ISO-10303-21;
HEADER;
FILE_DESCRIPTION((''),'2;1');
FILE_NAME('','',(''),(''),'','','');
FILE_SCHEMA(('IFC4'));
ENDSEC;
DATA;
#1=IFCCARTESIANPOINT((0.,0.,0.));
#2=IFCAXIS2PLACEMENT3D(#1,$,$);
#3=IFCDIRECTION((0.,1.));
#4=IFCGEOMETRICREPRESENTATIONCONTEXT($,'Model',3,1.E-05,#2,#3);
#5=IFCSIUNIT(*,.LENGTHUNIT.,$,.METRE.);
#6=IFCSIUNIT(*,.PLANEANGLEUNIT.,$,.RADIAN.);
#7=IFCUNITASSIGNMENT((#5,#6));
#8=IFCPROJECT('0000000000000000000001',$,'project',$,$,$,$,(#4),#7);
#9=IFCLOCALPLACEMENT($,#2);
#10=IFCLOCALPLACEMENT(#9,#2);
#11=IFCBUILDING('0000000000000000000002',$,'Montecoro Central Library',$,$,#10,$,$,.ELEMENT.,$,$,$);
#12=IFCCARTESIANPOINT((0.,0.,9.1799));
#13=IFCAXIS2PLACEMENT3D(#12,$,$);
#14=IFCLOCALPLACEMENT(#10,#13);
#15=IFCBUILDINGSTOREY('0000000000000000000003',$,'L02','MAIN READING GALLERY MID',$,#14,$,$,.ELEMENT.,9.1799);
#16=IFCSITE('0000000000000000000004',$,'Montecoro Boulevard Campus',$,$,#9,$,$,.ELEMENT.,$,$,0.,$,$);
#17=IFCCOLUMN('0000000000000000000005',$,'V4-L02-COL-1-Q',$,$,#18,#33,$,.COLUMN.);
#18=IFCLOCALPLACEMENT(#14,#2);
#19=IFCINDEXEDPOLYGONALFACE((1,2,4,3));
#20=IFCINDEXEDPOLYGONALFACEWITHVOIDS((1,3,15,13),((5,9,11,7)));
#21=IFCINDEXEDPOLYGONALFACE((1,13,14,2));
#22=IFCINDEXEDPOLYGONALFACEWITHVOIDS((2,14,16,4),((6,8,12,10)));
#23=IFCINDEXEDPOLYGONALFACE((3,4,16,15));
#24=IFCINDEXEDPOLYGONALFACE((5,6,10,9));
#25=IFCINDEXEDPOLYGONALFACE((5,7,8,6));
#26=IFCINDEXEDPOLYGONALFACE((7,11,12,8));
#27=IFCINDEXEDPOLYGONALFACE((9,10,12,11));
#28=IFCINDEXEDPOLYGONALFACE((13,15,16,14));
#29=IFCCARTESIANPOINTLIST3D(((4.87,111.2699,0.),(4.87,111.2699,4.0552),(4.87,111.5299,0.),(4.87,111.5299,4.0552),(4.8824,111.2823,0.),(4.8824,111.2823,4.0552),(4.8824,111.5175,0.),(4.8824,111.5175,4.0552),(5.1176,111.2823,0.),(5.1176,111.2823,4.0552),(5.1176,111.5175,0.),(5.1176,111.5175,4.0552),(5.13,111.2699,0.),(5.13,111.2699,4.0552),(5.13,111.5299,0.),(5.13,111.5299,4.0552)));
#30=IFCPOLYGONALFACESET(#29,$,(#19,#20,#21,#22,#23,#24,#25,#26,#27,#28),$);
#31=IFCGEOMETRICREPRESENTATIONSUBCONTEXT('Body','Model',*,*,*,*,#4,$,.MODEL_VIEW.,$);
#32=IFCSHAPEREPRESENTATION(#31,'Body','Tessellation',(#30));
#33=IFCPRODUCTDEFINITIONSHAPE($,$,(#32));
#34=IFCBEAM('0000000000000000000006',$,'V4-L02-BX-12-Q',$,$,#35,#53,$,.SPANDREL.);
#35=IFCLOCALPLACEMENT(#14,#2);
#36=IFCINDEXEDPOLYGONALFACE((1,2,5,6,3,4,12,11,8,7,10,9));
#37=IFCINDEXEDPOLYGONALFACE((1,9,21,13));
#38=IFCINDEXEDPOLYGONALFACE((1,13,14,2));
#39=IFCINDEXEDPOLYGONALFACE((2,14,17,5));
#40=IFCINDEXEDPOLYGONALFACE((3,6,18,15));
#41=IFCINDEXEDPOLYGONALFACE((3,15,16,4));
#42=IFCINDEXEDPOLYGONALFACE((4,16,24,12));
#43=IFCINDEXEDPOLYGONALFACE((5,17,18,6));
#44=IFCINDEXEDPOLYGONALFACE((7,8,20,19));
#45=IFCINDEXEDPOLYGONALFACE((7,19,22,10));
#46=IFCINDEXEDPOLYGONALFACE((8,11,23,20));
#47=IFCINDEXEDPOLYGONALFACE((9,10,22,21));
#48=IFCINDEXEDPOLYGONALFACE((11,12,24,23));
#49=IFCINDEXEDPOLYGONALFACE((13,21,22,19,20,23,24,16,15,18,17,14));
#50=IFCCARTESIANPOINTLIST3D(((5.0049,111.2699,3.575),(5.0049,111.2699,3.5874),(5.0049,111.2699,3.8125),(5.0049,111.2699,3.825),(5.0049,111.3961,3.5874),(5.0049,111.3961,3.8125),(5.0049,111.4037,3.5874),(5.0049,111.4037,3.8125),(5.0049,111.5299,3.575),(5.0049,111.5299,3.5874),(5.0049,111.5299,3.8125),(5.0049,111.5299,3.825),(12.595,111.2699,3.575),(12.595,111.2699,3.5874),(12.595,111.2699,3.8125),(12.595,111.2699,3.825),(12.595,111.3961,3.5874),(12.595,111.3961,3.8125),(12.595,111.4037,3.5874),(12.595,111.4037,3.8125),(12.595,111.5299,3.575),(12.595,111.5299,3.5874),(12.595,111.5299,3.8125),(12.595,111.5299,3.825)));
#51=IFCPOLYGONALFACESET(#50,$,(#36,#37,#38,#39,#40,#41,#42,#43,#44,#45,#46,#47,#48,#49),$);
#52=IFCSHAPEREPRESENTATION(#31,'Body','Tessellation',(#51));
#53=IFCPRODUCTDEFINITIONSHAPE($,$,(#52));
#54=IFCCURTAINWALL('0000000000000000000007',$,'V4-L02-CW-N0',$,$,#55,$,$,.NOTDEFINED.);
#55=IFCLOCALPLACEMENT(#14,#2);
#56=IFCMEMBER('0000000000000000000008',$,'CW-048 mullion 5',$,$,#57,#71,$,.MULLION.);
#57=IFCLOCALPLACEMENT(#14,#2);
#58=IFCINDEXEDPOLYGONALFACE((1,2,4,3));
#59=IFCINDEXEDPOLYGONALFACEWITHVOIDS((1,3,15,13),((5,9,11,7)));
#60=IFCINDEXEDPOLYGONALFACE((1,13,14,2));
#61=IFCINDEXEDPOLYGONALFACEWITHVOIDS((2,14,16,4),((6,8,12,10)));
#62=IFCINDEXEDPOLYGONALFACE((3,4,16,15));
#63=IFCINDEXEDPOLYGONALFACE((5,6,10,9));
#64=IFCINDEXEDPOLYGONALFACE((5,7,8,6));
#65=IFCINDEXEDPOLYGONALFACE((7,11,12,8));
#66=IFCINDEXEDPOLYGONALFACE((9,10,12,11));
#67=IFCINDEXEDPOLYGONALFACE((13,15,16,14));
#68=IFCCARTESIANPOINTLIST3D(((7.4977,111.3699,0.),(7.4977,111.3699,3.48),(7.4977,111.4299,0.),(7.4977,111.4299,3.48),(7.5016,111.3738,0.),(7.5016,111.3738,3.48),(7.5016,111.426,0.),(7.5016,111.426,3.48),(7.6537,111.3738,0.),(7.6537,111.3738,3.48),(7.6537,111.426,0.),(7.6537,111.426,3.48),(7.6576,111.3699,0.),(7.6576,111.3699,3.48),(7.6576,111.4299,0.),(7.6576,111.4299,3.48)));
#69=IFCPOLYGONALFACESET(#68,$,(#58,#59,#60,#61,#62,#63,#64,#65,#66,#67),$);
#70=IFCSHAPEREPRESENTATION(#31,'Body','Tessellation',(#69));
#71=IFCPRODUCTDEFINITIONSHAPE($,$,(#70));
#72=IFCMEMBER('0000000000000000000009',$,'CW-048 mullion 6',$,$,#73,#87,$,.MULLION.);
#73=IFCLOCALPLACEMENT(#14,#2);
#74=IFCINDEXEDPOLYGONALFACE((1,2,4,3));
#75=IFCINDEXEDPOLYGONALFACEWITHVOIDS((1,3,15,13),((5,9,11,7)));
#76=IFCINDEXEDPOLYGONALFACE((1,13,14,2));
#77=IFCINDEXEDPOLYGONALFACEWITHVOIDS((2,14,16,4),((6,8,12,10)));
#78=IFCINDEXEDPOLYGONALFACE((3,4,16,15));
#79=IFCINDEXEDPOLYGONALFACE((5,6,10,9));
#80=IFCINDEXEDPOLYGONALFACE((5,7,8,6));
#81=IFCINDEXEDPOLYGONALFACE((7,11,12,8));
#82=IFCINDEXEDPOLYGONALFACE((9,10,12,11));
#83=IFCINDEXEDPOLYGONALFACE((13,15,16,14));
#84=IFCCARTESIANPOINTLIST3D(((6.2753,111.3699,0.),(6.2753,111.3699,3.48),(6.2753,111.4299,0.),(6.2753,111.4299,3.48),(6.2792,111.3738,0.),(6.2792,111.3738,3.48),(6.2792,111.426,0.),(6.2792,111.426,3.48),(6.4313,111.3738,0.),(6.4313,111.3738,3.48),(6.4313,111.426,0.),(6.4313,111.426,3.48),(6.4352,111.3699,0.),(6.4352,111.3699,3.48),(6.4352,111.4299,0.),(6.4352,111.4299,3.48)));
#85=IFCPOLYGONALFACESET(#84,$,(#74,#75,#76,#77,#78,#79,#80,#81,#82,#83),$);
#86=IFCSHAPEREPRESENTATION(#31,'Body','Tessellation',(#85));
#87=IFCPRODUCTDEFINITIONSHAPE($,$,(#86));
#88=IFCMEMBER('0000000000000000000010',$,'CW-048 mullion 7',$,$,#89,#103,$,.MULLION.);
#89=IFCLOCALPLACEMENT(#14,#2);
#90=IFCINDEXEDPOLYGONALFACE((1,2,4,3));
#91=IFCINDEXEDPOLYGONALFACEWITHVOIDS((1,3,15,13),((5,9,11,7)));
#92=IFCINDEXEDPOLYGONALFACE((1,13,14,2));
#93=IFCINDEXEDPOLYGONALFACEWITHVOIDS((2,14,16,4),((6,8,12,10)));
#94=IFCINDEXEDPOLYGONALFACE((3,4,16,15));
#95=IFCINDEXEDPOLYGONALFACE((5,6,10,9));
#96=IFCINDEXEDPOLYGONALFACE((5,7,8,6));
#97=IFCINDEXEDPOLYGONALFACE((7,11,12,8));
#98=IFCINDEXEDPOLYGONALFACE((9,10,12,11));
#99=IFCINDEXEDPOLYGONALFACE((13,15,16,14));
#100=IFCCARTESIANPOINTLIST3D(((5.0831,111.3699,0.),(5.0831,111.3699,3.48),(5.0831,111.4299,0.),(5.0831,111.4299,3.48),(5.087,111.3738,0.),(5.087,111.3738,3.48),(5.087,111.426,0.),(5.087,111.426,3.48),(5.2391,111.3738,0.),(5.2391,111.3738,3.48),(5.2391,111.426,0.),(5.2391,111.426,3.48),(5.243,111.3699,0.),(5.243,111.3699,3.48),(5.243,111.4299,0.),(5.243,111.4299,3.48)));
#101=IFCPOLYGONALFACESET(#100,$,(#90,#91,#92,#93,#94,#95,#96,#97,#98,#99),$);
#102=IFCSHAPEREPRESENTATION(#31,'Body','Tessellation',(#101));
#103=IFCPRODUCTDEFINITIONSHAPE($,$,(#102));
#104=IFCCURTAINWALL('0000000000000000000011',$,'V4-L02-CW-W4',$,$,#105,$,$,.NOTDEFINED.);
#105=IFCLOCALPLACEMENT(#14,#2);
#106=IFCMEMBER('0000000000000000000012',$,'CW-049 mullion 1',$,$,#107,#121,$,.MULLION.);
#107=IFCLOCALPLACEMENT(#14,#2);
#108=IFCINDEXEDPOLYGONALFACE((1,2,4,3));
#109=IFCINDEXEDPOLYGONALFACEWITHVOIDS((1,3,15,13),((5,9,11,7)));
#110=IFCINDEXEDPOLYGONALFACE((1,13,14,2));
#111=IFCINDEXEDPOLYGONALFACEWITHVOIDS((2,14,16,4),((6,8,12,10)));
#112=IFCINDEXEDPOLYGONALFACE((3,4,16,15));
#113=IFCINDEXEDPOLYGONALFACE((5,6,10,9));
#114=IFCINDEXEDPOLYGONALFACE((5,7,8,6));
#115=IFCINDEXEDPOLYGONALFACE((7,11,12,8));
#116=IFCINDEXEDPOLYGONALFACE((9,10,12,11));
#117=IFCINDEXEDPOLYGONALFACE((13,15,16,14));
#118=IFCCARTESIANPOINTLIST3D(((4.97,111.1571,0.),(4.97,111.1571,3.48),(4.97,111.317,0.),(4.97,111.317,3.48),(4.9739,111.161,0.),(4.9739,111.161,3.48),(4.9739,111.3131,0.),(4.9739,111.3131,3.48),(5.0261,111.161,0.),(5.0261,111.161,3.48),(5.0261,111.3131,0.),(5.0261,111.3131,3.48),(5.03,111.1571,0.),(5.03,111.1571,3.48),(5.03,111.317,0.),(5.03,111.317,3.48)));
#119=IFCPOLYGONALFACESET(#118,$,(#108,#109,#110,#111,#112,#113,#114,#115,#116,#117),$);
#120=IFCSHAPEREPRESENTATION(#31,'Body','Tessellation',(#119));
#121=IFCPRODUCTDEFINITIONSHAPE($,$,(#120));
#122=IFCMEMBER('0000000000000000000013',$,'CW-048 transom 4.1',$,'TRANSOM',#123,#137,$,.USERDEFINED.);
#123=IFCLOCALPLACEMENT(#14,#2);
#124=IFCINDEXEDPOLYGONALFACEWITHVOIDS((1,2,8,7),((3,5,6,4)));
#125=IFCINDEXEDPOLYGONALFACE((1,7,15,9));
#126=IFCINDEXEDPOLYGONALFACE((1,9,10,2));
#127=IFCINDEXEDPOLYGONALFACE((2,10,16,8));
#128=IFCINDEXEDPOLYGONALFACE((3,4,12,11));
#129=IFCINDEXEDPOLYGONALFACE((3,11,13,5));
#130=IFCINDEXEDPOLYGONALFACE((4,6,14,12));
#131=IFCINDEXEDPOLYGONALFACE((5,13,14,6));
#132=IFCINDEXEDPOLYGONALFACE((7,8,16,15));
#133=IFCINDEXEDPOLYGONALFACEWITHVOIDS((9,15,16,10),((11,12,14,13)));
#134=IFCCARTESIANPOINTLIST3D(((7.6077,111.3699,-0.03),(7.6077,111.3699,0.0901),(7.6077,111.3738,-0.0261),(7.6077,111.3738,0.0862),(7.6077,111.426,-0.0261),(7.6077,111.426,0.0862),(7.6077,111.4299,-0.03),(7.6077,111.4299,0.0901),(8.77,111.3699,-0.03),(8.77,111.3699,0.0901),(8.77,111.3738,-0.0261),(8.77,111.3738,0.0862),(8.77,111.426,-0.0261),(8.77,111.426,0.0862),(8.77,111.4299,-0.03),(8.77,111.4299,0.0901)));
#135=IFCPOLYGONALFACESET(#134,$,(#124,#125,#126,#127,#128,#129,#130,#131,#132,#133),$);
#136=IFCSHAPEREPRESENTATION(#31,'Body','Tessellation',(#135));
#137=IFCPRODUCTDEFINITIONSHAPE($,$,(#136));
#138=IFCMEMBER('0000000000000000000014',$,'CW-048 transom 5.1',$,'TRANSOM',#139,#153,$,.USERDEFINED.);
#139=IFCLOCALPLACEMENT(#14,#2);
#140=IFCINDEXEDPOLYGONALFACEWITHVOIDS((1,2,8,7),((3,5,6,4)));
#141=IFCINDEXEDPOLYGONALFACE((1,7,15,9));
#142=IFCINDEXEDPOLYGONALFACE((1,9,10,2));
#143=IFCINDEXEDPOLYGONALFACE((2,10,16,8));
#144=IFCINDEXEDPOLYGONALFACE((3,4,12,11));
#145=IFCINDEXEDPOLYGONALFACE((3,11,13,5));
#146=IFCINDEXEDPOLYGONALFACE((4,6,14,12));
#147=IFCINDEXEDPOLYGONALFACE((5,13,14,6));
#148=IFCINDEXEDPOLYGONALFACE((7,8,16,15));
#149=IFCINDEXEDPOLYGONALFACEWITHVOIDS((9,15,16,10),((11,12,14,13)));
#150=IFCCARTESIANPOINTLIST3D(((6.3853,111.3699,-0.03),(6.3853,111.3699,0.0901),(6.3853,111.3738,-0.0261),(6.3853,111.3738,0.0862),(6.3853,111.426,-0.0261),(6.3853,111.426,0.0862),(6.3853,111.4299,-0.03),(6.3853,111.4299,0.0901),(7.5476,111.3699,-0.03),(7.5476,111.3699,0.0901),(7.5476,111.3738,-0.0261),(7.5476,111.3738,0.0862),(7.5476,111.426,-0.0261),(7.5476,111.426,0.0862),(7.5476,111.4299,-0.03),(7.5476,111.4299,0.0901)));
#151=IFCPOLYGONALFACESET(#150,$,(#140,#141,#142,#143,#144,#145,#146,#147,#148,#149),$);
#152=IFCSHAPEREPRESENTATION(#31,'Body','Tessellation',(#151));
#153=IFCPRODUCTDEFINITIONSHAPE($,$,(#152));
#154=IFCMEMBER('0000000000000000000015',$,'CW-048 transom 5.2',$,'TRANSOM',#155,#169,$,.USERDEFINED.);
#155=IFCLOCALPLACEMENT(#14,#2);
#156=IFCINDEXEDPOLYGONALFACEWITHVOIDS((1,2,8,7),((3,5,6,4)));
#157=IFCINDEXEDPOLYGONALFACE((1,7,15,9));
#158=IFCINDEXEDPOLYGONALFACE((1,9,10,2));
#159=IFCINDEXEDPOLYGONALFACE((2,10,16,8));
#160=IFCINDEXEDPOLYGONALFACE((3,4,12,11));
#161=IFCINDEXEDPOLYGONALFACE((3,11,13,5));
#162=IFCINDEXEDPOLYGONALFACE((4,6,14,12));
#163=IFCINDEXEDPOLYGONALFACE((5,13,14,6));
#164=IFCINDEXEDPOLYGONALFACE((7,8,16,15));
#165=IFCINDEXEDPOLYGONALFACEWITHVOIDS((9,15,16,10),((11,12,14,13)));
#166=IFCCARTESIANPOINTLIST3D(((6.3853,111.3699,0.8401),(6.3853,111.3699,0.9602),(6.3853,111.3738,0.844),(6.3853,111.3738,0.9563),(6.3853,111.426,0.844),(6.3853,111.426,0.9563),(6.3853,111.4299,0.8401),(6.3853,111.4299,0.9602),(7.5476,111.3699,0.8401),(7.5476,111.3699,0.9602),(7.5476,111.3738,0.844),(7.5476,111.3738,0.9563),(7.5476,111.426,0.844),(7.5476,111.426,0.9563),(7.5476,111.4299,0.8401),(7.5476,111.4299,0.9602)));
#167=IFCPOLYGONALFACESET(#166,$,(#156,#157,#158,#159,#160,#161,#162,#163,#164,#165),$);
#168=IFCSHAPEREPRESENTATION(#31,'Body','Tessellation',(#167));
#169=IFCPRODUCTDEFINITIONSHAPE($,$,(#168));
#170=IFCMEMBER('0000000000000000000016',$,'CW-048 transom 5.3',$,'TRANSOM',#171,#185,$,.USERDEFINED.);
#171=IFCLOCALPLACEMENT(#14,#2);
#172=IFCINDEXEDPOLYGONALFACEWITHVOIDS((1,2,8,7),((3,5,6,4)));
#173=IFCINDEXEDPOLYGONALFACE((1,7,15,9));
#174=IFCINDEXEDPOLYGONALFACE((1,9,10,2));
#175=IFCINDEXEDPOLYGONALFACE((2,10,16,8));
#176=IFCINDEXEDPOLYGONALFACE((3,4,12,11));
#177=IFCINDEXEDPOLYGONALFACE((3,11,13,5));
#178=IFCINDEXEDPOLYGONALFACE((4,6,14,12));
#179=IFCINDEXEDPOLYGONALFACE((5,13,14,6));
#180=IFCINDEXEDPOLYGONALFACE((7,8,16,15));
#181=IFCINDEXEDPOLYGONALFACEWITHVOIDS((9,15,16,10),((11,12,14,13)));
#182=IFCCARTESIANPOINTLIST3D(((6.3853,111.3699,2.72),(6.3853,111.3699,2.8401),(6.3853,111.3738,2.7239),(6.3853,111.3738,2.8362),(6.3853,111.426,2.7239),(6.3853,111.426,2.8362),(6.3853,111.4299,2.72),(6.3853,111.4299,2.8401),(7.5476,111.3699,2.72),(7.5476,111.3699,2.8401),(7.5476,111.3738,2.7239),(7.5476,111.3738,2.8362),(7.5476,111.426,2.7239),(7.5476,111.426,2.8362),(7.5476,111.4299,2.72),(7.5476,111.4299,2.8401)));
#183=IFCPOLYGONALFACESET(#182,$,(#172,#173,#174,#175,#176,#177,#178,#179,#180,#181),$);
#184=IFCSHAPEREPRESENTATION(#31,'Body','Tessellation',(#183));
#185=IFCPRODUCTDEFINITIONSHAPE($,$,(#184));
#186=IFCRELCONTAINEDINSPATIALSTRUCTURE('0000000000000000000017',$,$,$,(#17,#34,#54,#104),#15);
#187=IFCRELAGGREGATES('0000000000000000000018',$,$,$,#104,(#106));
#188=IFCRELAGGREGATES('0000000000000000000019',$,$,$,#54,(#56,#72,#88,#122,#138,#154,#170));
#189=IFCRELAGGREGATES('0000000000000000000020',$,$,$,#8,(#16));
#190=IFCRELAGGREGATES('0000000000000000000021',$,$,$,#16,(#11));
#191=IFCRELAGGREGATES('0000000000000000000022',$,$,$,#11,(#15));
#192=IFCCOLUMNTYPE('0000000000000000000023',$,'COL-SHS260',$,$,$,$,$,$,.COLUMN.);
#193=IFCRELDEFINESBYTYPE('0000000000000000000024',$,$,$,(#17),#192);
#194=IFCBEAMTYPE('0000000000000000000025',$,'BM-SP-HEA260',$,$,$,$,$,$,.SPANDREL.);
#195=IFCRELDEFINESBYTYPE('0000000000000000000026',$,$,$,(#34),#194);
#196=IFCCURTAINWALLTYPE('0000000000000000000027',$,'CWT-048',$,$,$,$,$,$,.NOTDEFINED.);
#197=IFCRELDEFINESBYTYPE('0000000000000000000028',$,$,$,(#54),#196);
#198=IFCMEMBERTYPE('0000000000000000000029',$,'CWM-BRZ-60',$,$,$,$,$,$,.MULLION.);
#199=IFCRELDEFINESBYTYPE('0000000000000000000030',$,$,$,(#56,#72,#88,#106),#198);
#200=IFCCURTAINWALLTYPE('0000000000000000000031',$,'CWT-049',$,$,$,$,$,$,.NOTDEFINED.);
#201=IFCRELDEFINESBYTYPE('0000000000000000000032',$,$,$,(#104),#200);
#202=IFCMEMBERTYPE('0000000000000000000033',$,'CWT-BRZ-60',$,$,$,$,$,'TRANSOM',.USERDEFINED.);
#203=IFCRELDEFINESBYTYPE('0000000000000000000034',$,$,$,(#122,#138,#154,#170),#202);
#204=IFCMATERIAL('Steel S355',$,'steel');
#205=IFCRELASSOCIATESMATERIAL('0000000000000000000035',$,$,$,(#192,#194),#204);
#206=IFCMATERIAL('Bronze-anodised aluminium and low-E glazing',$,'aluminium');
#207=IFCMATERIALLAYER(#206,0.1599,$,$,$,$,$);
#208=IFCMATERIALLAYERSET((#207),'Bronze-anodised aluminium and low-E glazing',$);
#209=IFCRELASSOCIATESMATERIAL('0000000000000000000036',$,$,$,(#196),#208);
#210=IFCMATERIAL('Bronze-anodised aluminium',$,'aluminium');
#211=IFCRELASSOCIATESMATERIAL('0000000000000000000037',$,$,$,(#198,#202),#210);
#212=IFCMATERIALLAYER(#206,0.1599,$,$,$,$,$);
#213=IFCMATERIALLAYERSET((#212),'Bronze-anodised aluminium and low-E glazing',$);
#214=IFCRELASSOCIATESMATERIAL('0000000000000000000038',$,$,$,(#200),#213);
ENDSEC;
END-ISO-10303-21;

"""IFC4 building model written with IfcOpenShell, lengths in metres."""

from ifc_helpers import new_model, si_unit, direction, frame, origin, origin_2d, place, context, subcontext, project, spatial, hollow_rectangle, i_section, extrude, material, layer, layer_set, material_profile, profile_set, type_object, element, aggregate, save


model = new_model("IFC4")

# Units and contexts
model_context = context("Model", 3, precision=1e-05, world=origin(), true_north=direction((0.0, 1.0)))
body_context = subcontext(model_context, "Body", "Model", "MODEL_VIEW")
ifc_project = project(units=[si_unit("LENGTHUNIT", "METRE"), si_unit("PLANEANGLEUNIT", "RADIAN")], contexts=[model_context])

# Site, building, storey
site_placement = place(None, origin())
site = spatial("IfcSite", under=ifc_project, at=site_placement, Name="Montecoro Boulevard Campus", CompositionType="ELEMENT", RefElevation=0.0)
building_placement = place(site_placement, origin())
building = spatial("IfcBuilding", under=site, at=building_placement, Name="Montecoro Central Library", CompositionType="ELEMENT")
storey_placement = place(building_placement, frame((0.0, 0.0, 9.1799)))
storey = spatial("IfcBuildingStorey", under=building, at=storey_placement, Name="L02", Description="MAIN READING GALLERY MID", CompositionType="ELEMENT", Elevation=9.1799)

# Column
ifc_material_1 = material(Name="Steel S355", Category="steel")
ifc_material_profile_1 = material_profile(ifc_material_1, hollow_rectangle(XDim=0.26, YDim=0.26, WallThickness=0.0125, at=origin_2d()), Name="SHS 260x260x12.5")
ifc_profile_set_1 = profile_set([ifc_material_profile_1], Name="Steel S355")
column_type = type_object("IfcColumnType", Name="COL-SHS260", PredefinedType="COLUMN", material=ifc_profile_set_1)
column_placement = place(storey_placement, frame((5.0, 111.3999, 0.0), z_axis=(0.0, 0.0, 1.0), x_axis=(1.0, 0.0, 0.0)))
element("IfcColumn", 1, at=column_placement, inside=storey, type_object=column_type, Name="V4-L02-COL-1-Q", PredefinedType="COLUMN", context=body_context, shape_type="SweptSolid", body=[
    extrude(hollow_rectangle(XDim=0.26, YDim=0.26, WallThickness=0.0125, at=origin_2d()), origin(), (0.0, 0.0, 1.0), 4.0552),
])

# Beam
ifc_material_profile_2 = material_profile(ifc_material_1, i_section(OverallWidth=0.26, OverallDepth=0.25, WebThickness=0.0076, FlangeThickness=0.0125, at=origin_2d()), Name="HEA 260")
ifc_profile_set_2 = profile_set([ifc_material_profile_2], Name="Steel S355")
beam_type = type_object("IfcBeamType", Name="BM-SP-HEA260", PredefinedType="SPANDREL", material=ifc_profile_set_2)
beam_placement = place(storey_placement, frame((5.0049, 111.3999, 3.7), z_axis=(1.0, 0.0, 0.0), x_axis=(0.0, 1.0, 0.0)))
element("IfcBeam", 2, at=beam_placement, inside=storey, type_object=beam_type, Name="V4-L02-BX-12-Q", PredefinedType="SPANDREL", context=body_context, shape_type="SweptSolid", body=[
    extrude(i_section(OverallWidth=0.26, OverallDepth=0.25, WebThickness=0.0076, FlangeThickness=0.0125, at=origin_2d()), origin(), (0.0, 0.0, 1.0), 7.5901),
])

# Curtain wall, members
ifc_material_2 = material(Name="Bronze-anodised aluminium and low-E glazing", Category="aluminium")
ifc_layer_1 = layer(ifc_material_2, 0.1599)
ifc_layer_set_1 = layer_set([ifc_layer_1], Name="Bronze-anodised aluminium and low-E glazing")
curtain_wall_type_1 = type_object("IfcCurtainWallType", Name="CWT-048", PredefinedType="NOTDEFINED", material=ifc_layer_set_1)
curtain_wall_1_placement = place(storey_placement, origin())
curtain_wall_1 = element("IfcCurtainWall", 3, at=curtain_wall_1_placement, inside=storey, type_object=curtain_wall_type_1, Name="V4-L02-CW-N0", PredefinedType="NOTDEFINED")
ifc_material_3 = material(Name="Bronze-anodised aluminium", Category="aluminium")
ifc_material_profile_3 = material_profile(ifc_material_3, hollow_rectangle(XDim=0.0601, YDim=0.1599, WallThickness=0.0039, at=origin_2d()), Name="CWM 160x60x4.0")
ifc_profile_set_3 = profile_set([ifc_material_profile_3], Name="Bronze-anodised aluminium")
member_type_1 = type_object("IfcMemberType", Name="CWM-BRZ-60", PredefinedType="MULLION", material=ifc_profile_set_3)
member_1_placement = place(storey_placement, frame((7.5776, 111.3999, 0.0), z_axis=(0.0, 0.0, 1.0), x_axis=(0.0, -1.0, 0.0)))
member_1 = element("IfcMember", 4, at=member_1_placement, type_object=member_type_1, Name="CW-048 mullion 5", PredefinedType="MULLION", context=body_context, shape_type="SweptSolid", body=[
    extrude(hollow_rectangle(XDim=0.0601, YDim=0.1599, WallThickness=0.0039, at=origin_2d()), origin(), (0.0, 0.0, 1.0), 3.48),
])
member_2_placement = place(storey_placement, frame((6.3552, 111.3999, 0.0), z_axis=(0.0, 0.0, 1.0), x_axis=(0.0, -1.0, 0.0)))
member_2 = element("IfcMember", 5, at=member_2_placement, type_object=member_type_1, Name="CW-048 mullion 6", PredefinedType="MULLION", context=body_context, shape_type="SweptSolid", body=[
    extrude(hollow_rectangle(XDim=0.0601, YDim=0.1599, WallThickness=0.0039, at=origin_2d()), origin(), (0.0, 0.0, 1.0), 3.48),
])
member_3_placement = place(storey_placement, frame((5.1631, 111.3999, 0.0), z_axis=(0.0, 0.0, 1.0), x_axis=(0.0, -1.0, 0.0)))
member_3 = element("IfcMember", 6, at=member_3_placement, type_object=member_type_1, Name="CW-048 mullion 7", PredefinedType="MULLION", context=body_context, shape_type="SweptSolid", body=[
    extrude(hollow_rectangle(XDim=0.0601, YDim=0.1599, WallThickness=0.0039, at=origin_2d()), origin(), (0.0, 0.0, 1.0), 3.48),
])

# Curtain wall, member
ifc_layer_2 = layer(ifc_material_2, 0.1599)
ifc_layer_set_2 = layer_set([ifc_layer_2], Name="Bronze-anodised aluminium and low-E glazing")
curtain_wall_type_2 = type_object("IfcCurtainWallType", Name="CWT-049", PredefinedType="NOTDEFINED", material=ifc_layer_set_2)
curtain_wall_2_placement = place(storey_placement, origin())
curtain_wall_2 = element("IfcCurtainWall", 7, at=curtain_wall_2_placement, inside=storey, type_object=curtain_wall_type_2, Name="V4-L02-CW-W4", PredefinedType="NOTDEFINED")
member_4_placement = place(storey_placement, frame((5.0, 111.2371, 0.0), z_axis=(0.0, 0.0, 1.0), x_axis=(1.0, 0.0, 0.0)))
member_4 = element("IfcMember", 8, at=member_4_placement, type_object=member_type_1, Name="CW-049 mullion 1", PredefinedType="MULLION", context=body_context, shape_type="SweptSolid", body=[
    extrude(hollow_rectangle(XDim=0.0601, YDim=0.1599, WallThickness=0.0039, at=origin_2d()), origin(), (0.0, 0.0, 1.0), 3.48),
])

# Members
ifc_material_profile_4 = material_profile(ifc_material_3, hollow_rectangle(XDim=0.0601, YDim=0.1201, WallThickness=0.0039, at=origin_2d()), Name="CWT 120x60x4.0")
ifc_profile_set_4 = profile_set([ifc_material_profile_4], Name="Bronze-anodised aluminium")
member_type_2 = type_object("IfcMemberType", Name="CWT-BRZ-60", ElementType="TRANSOM", PredefinedType="USERDEFINED", material=ifc_profile_set_4)
member_5_placement = place(storey_placement, frame((8.77, 111.3999, 0.03), z_axis=(-1.0, 0.0, 0.0), x_axis=(0.0, -1.0, 0.0)))
member_5 = element("IfcMember", 9, at=member_5_placement, type_object=member_type_2, Name="CW-048 transom 4.1", ObjectType="TRANSOM", PredefinedType="USERDEFINED", context=body_context, shape_type="SweptSolid", body=[
    extrude(hollow_rectangle(XDim=0.0601, YDim=0.1201, WallThickness=0.0039, at=origin_2d()), origin(), (0.0, 0.0, 1.0), 1.1624),
])
member_6_placement = place(storey_placement, frame((7.5476, 111.3999, 0.03), z_axis=(-1.0, 0.0, 0.0), x_axis=(0.0, -1.0, 0.0)))
member_6 = element("IfcMember", 10, at=member_6_placement, type_object=member_type_2, Name="CW-048 transom 5.1", ObjectType="TRANSOM", PredefinedType="USERDEFINED", context=body_context, shape_type="SweptSolid", body=[
    extrude(hollow_rectangle(XDim=0.0601, YDim=0.1201, WallThickness=0.0039, at=origin_2d()), origin(), (0.0, 0.0, 1.0), 1.1624),
])
member_7_placement = place(storey_placement, frame((7.5476, 111.3999, 0.9001), z_axis=(-1.0, 0.0, 0.0), x_axis=(0.0, -1.0, 0.0)))
member_7 = element("IfcMember", 11, at=member_7_placement, type_object=member_type_2, Name="CW-048 transom 5.2", ObjectType="TRANSOM", PredefinedType="USERDEFINED", context=body_context, shape_type="SweptSolid", body=[
    extrude(hollow_rectangle(XDim=0.0601, YDim=0.1201, WallThickness=0.0039, at=origin_2d()), origin(), (0.0, 0.0, 1.0), 1.1624),
])
member_8_placement = place(storey_placement, frame((7.5476, 111.3999, 2.78), z_axis=(-1.0, 0.0, 0.0), x_axis=(0.0, -1.0, 0.0)))
member_8 = element("IfcMember", 12, at=member_8_placement, type_object=member_type_2, Name="CW-048 transom 5.3", ObjectType="TRANSOM", PredefinedType="USERDEFINED", context=body_context, shape_type="SweptSolid", body=[
    extrude(hollow_rectangle(XDim=0.0601, YDim=0.1201, WallThickness=0.0039, at=origin_2d()), origin(), (0.0, 0.0, 1.0), 1.1624),
])
aggregate(curtain_wall_2, [member_4])

aggregate(curtain_wall_1, [member_1, member_2, member_3, member_5, member_6, member_7, member_8])

save(model, "model.ifc")
